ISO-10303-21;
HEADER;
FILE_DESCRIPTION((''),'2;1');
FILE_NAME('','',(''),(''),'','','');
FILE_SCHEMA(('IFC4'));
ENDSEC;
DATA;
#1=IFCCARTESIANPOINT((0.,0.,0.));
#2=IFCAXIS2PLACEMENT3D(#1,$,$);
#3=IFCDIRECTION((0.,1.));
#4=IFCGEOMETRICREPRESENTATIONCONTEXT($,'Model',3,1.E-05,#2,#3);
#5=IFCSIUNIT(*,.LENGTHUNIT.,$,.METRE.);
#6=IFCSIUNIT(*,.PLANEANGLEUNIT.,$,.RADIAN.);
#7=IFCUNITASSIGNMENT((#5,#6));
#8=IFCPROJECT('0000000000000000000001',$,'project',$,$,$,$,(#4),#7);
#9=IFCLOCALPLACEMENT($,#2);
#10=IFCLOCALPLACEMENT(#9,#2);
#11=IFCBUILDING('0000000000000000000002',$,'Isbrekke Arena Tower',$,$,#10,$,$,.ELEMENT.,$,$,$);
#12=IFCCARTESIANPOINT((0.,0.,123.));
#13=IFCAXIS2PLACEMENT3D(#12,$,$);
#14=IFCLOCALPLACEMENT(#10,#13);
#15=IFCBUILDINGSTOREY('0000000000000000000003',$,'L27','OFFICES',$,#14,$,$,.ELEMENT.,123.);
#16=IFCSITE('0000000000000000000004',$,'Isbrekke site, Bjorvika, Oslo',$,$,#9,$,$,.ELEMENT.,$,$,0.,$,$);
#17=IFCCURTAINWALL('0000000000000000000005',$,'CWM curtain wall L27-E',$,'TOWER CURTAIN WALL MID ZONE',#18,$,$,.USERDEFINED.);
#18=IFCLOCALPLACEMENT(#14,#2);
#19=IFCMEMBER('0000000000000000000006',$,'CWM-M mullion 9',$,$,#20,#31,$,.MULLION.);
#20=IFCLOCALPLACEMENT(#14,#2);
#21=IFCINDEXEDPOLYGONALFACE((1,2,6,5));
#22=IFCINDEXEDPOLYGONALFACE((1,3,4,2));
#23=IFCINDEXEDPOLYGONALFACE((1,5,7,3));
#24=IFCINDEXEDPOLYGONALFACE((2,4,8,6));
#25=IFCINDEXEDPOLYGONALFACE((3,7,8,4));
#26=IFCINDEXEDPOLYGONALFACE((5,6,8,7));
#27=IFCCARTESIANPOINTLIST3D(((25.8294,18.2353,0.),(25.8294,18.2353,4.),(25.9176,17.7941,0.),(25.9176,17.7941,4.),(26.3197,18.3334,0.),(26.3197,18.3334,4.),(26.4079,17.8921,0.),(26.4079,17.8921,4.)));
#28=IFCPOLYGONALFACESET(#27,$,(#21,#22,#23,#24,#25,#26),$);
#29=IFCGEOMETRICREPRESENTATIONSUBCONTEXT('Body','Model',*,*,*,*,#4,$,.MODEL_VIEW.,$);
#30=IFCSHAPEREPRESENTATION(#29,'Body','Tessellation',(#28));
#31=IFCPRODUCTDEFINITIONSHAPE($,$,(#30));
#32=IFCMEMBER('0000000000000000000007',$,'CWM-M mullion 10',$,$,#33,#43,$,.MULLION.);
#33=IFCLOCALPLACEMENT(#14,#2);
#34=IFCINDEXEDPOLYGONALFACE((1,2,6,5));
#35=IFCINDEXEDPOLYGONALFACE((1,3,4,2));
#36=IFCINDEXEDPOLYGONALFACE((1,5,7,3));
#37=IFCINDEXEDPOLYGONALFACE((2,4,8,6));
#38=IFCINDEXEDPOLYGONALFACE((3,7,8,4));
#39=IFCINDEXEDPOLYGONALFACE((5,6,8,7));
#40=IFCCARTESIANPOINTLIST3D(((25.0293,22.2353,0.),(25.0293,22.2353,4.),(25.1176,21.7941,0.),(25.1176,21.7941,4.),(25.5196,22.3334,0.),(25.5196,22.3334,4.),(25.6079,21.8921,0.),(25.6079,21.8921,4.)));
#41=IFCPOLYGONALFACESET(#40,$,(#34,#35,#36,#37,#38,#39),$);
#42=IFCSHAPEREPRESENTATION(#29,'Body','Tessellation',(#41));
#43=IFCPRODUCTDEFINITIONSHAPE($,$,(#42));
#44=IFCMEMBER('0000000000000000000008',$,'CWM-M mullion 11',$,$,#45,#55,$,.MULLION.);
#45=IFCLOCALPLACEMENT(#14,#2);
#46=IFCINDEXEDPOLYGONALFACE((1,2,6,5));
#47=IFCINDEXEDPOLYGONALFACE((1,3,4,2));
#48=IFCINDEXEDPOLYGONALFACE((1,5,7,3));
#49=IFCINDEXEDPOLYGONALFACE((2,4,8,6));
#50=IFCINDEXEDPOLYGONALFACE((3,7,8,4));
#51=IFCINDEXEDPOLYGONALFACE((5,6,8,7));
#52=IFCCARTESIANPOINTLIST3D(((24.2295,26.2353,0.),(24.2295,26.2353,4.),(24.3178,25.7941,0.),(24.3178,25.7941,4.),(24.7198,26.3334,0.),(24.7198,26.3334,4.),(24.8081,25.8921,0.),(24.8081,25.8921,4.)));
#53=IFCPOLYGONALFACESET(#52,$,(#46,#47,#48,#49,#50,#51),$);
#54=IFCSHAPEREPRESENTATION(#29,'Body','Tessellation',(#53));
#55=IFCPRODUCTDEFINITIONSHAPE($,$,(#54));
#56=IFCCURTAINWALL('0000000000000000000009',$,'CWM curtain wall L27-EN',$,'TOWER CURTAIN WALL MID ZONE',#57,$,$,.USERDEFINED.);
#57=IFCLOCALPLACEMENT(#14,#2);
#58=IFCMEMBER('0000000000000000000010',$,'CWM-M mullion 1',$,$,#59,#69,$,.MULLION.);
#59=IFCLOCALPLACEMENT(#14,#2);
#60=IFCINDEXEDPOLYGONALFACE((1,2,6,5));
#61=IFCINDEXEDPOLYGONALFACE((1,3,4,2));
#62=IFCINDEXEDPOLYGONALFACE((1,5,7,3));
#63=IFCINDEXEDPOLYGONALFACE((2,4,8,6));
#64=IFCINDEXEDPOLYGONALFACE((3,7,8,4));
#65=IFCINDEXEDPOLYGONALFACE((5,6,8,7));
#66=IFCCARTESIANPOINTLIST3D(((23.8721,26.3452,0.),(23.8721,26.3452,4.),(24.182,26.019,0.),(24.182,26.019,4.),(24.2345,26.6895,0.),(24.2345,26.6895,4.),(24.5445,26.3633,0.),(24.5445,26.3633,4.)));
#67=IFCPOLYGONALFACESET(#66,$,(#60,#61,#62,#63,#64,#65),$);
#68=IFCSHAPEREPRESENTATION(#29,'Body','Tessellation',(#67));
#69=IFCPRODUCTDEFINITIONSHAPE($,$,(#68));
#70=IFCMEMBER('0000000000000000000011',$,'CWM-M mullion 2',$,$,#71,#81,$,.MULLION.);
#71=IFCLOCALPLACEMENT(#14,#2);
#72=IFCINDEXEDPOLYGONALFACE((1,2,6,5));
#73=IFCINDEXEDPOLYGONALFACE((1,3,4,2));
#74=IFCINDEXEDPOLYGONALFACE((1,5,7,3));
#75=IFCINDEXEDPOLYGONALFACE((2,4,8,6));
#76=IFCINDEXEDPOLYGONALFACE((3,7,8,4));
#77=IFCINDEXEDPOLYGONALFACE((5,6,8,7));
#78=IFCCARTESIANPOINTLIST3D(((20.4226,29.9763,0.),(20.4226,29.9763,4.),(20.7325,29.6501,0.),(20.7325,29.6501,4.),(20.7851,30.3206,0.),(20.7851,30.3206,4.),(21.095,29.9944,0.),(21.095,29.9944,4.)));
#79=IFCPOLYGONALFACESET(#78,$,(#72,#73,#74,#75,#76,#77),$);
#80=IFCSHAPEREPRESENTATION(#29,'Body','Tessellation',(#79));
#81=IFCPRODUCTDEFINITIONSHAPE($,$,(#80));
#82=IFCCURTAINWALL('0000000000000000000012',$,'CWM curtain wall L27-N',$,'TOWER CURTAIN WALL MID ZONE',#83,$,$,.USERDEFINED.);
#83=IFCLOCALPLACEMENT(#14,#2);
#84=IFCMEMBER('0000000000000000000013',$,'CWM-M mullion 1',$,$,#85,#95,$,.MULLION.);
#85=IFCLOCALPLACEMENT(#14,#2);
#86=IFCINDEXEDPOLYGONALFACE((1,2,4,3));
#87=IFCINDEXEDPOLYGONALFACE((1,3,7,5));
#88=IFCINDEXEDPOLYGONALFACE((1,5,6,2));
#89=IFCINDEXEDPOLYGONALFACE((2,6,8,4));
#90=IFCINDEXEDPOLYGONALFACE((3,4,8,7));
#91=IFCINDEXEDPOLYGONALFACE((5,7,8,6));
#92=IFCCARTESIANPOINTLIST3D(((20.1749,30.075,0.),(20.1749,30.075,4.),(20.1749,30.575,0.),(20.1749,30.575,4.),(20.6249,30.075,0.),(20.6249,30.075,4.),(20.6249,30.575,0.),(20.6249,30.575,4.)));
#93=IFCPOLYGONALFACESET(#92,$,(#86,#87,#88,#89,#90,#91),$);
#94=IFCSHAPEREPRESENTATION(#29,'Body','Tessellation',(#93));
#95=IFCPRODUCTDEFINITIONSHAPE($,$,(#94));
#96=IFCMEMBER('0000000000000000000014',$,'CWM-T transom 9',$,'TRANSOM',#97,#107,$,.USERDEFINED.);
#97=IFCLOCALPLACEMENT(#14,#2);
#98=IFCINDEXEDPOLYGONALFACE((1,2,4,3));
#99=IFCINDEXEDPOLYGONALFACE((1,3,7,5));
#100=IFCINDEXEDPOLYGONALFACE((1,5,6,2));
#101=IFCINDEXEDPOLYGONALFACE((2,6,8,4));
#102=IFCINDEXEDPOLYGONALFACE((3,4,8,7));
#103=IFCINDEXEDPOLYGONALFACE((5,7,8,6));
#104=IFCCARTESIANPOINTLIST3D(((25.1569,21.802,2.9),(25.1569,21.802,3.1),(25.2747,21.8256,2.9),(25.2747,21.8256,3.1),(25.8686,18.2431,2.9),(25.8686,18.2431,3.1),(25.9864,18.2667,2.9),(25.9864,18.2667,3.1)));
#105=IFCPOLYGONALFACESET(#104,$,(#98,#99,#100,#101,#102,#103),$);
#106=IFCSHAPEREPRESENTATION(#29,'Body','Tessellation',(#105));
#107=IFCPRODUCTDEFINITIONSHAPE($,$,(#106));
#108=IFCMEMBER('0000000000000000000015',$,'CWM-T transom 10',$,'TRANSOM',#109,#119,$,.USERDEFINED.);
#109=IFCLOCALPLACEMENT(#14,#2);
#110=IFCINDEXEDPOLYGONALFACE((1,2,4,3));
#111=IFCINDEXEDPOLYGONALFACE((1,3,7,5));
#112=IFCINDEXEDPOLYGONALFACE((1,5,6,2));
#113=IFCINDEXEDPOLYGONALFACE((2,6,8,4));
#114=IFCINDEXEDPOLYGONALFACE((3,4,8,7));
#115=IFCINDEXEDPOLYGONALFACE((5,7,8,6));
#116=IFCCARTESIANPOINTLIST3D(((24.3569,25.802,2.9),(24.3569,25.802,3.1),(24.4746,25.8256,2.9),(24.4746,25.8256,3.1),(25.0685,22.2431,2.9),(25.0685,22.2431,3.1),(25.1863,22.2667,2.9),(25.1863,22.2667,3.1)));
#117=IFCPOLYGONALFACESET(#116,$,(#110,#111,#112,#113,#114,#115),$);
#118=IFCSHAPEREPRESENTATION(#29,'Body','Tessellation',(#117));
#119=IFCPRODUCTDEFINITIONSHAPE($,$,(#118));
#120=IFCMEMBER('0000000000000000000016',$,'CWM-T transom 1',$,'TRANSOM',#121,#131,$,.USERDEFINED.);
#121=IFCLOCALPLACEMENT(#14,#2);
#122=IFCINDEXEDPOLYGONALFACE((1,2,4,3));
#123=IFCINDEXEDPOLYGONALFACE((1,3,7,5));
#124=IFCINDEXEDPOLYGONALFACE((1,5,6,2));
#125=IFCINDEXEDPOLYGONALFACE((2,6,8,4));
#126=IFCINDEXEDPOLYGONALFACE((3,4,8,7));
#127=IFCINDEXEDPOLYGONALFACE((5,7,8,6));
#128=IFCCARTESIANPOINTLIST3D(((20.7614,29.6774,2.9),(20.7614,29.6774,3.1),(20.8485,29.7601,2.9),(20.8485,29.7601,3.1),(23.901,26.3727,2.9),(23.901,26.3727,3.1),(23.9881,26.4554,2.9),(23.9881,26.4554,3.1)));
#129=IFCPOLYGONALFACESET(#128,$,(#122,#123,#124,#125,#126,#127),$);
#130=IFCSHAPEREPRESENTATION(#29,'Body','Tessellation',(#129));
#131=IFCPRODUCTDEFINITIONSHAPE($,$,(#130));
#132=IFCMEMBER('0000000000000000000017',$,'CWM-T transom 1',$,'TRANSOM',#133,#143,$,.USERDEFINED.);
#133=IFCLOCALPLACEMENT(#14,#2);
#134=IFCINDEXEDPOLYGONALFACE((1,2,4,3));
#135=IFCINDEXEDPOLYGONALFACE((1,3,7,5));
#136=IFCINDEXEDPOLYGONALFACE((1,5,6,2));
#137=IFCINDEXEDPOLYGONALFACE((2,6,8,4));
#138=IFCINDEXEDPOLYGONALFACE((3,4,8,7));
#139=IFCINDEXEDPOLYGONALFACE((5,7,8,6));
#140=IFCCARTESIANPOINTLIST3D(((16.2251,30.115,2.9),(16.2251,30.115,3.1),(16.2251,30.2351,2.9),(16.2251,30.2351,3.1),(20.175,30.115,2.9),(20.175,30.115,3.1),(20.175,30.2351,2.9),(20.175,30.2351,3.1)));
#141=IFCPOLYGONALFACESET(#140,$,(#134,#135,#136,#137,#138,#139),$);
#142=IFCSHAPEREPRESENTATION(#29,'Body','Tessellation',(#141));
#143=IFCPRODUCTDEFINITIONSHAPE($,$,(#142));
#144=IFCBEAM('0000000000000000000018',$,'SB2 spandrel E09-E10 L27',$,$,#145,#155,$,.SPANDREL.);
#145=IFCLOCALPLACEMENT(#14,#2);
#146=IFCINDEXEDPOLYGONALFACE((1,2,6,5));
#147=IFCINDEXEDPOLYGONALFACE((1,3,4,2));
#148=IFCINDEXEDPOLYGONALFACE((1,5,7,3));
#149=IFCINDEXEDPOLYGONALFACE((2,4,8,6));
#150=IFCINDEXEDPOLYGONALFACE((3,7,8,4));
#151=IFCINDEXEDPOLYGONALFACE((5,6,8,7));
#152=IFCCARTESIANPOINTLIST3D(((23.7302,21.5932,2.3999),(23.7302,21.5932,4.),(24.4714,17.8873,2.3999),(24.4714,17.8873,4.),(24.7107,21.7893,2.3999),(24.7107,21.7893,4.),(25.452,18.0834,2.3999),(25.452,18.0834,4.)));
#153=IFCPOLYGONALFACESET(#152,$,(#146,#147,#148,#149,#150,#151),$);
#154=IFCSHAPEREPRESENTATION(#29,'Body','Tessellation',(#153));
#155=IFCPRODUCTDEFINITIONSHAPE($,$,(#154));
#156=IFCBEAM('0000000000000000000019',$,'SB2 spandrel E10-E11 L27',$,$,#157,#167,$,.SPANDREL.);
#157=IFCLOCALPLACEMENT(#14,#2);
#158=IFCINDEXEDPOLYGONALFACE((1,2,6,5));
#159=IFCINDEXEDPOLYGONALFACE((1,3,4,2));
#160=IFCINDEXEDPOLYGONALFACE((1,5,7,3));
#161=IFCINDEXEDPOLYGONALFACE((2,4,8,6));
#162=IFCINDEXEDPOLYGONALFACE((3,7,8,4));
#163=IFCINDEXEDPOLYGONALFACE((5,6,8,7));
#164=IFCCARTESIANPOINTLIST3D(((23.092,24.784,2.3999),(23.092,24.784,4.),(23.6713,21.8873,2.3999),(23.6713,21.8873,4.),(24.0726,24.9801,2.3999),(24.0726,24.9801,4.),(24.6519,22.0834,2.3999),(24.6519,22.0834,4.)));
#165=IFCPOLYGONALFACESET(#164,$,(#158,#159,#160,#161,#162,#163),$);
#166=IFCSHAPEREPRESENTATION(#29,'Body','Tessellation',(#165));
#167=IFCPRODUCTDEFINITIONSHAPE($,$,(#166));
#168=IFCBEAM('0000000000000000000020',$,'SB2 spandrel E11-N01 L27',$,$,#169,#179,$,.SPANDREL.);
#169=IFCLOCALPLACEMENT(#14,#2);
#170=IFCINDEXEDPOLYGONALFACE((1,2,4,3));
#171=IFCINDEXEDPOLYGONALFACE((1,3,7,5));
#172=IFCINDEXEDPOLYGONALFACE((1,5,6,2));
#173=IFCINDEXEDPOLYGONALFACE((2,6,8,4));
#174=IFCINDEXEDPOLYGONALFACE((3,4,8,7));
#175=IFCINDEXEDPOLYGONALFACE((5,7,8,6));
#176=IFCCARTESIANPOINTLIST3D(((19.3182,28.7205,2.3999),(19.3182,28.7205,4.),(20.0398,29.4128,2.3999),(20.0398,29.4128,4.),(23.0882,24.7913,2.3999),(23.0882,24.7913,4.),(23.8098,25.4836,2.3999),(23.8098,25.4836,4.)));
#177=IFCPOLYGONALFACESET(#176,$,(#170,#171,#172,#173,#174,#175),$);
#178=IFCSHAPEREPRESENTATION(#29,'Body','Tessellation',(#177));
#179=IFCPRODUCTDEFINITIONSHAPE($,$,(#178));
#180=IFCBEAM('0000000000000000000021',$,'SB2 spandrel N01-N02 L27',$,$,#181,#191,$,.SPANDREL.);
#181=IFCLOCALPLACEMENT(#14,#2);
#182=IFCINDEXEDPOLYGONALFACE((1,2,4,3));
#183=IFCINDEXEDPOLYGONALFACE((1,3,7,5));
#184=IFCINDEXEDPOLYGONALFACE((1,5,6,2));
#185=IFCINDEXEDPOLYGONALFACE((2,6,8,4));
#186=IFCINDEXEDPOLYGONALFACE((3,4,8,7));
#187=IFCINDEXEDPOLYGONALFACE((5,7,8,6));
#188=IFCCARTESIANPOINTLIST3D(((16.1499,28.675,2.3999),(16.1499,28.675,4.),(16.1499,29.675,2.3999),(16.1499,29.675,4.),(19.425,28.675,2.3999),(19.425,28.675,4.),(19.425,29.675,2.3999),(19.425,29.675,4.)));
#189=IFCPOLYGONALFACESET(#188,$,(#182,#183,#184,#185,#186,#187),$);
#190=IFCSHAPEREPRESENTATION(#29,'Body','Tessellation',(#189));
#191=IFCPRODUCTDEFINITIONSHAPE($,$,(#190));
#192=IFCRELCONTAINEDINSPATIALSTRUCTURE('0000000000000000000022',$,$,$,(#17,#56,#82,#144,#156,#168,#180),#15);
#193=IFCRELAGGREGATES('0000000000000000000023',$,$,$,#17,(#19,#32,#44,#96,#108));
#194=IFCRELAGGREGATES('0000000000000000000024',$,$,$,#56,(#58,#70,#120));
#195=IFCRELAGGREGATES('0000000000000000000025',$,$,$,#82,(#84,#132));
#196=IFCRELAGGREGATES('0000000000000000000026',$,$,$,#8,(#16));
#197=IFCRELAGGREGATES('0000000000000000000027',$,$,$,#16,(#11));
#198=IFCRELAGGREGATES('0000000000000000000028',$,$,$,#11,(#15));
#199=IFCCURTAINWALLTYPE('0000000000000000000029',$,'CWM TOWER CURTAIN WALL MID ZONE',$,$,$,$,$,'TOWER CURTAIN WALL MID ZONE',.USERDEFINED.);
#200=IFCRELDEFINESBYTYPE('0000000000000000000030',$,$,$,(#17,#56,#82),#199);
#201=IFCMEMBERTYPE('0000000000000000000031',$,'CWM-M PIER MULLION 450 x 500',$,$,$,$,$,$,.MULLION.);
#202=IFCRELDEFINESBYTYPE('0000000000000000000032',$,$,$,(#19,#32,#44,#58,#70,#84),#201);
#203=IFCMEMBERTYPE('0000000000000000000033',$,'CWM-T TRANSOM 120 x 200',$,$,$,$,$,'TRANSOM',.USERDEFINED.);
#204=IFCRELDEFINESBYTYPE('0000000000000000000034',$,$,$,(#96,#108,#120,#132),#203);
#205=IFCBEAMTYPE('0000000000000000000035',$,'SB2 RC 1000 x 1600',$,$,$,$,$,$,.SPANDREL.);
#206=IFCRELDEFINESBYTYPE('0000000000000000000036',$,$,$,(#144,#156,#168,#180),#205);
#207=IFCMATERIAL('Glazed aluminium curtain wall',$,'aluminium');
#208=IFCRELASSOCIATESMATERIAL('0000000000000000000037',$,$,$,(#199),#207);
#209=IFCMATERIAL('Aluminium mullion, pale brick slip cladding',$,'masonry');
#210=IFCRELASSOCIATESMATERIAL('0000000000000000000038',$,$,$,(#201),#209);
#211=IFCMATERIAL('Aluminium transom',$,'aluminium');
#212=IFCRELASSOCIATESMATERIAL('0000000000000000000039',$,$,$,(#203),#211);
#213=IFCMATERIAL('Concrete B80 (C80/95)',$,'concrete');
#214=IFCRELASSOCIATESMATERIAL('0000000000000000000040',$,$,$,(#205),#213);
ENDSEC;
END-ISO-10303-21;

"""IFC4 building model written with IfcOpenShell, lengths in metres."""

from ifc_helpers import new_model, si_unit, direction, frame, origin, origin_2d, place, context, subcontext, project, spatial, rectangle, extrude, material, material_profile, profile_set, type_object, element, aggregate, save


model = new_model("IFC4")

# Units and contexts
model_context = context("Model", 3, precision=1e-05, world=origin(), true_north=direction((0.0, 1.0)))
body_context = subcontext(model_context, "Body", "Model", "MODEL_VIEW")
ifc_project = project(units=[si_unit("LENGTHUNIT", "METRE"), si_unit("PLANEANGLEUNIT", "RADIAN")], contexts=[model_context])

# Site, building, storey
site_placement = place(None, origin())
site = spatial("IfcSite", under=ifc_project, at=site_placement, Name="Isbrekke site, Bjorvika, Oslo", CompositionType="ELEMENT", RefElevation=0.0)
building_placement = place(site_placement, origin())
building = spatial("IfcBuilding", under=site, at=building_placement, Name="Isbrekke Arena Tower", CompositionType="ELEMENT")
storey_placement = place(building_placement, frame((0.0, 0.0, 123.0)))
storey = spatial("IfcBuildingStorey", under=building, at=storey_placement, Name="L27", Description="OFFICES", CompositionType="ELEMENT", Elevation=123.0)

# Curtain walls, members
ifc_material_1 = material(Name="Glazed aluminium curtain wall", Category="aluminium")
curtain_wall_type = type_object("IfcCurtainWallType", Name="CWM TOWER CURTAIN WALL MID ZONE", ElementType="TOWER CURTAIN WALL MID ZONE", PredefinedType="USERDEFINED", material=ifc_material_1)
curtain_wall_1_placement = place(storey_placement, origin())
curtain_wall_1 = element("IfcCurtainWall", 1, at=curtain_wall_1_placement, inside=storey, type_object=curtain_wall_type, Name="CWM curtain wall L27-E", ObjectType="TOWER CURTAIN WALL MID ZONE", PredefinedType="USERDEFINED")
ifc_material_2 = material(Name="Aluminium mullion, pale brick slip cladding", Category="masonry")
ifc_material_profile_1 = material_profile(ifc_material_2, rectangle(XDim=0.45, YDim=0.5, at=origin_2d()), Name="PIER 450X500")
ifc_profile_set_1 = profile_set([ifc_material_profile_1], Name="Aluminium mullion, pale brick slip cladding")
member_type_1 = type_object("IfcMemberType", Name="CWM-M PIER MULLION 450 x 500", PredefinedType="MULLION", material=ifc_profile_set_1)
member_1_placement = place(storey_placement, frame((26.1187, 18.0637, 0.0), z_axis=(0.0, 0.0, 1.0), x_axis=(-0.196116, 0.980581, 0.0)))
member_1 = element("IfcMember", 2, at=member_1_placement, type_object=member_type_1, Name="CWM-M mullion 9", PredefinedType="MULLION", context=body_context, shape_type="SweptSolid", body=[
    extrude(rectangle(XDim=0.45, YDim=0.5, at=origin_2d()), origin(), (0.0, 0.0, 1.0), 4.0),
])
member_2_placement = place(storey_placement, frame((25.3186, 22.0637, 0.0), z_axis=(0.0, 0.0, 1.0), x_axis=(-0.196116, 0.980581, 0.0)))
member_2 = element("IfcMember", 3, at=member_2_placement, type_object=member_type_1, Name="CWM-M mullion 10", PredefinedType="MULLION", context=body_context, shape_type="SweptSolid", body=[
    extrude(rectangle(XDim=0.45, YDim=0.5, at=origin_2d()), origin(), (0.0, 0.0, 1.0), 4.0),
])
member_3_placement = place(storey_placement, frame((24.5188, 26.0637, 0.0), z_axis=(0.0, 0.0, 1.0), x_axis=(-0.196116, 0.980581, 0.0)))
member_3 = element("IfcMember", 4, at=member_3_placement, type_object=member_type_1, Name="CWM-M mullion 11", PredefinedType="MULLION", context=body_context, shape_type="SweptSolid", body=[
    extrude(rectangle(XDim=0.45, YDim=0.5, at=origin_2d()), origin(), (0.0, 0.0, 1.0), 4.0),
])
curtain_wall_2_placement = place(storey_placement, origin())
curtain_wall_2 = element("IfcCurtainWall", 5, at=curtain_wall_2_placement, inside=storey, type_object=curtain_wall_type, Name="CWM curtain wall L27-EN", ObjectType="TOWER CURTAIN WALL MID ZONE", PredefinedType="USERDEFINED")
member_4_placement = place(storey_placement, frame((24.2083, 26.3542, 0.0), z_axis=(0.0, 0.0, 1.0), x_axis=(-0.688749, 0.724999, 0.0)))
member_4 = element("IfcMember", 6, at=member_4_placement, type_object=member_type_1, Name="CWM-M mullion 1", PredefinedType="MULLION", context=body_context, shape_type="SweptSolid", body=[
    extrude(rectangle(XDim=0.45, YDim=0.5, at=origin_2d()), origin(), (0.0, 0.0, 1.0), 4.0),
])
member_5_placement = place(storey_placement, frame((20.7588, 29.9854, 0.0), z_axis=(0.0, 0.0, 1.0), x_axis=(-0.688749, 0.724999, 0.0)))
member_5 = element("IfcMember", 7, at=member_5_placement, type_object=member_type_1, Name="CWM-M mullion 2", PredefinedType="MULLION", context=body_context, shape_type="SweptSolid", body=[
    extrude(rectangle(XDim=0.45, YDim=0.5, at=origin_2d()), origin(), (0.0, 0.0, 1.0), 4.0),
])

# Curtain wall, member
curtain_wall_3_placement = place(storey_placement, origin())
curtain_wall_3 = element("IfcCurtainWall", 8, at=curtain_wall_3_placement, inside=storey, type_object=curtain_wall_type, Name="CWM curtain wall L27-N", ObjectType="TOWER CURTAIN WALL MID ZONE", PredefinedType="USERDEFINED")
member_6_placement = place(storey_placement, frame((20.3999, 30.325, 0.0), z_axis=(0.0, 0.0, 1.0), x_axis=(-1.0, 0.0, 0.0)))
member_6 = element("IfcMember", 9, at=member_6_placement, type_object=member_type_1, Name="CWM-M mullion 1", PredefinedType="MULLION", context=body_context, shape_type="SweptSolid", body=[
    extrude(rectangle(XDim=0.45, YDim=0.5, at=origin_2d()), origin(), (0.0, 0.0, 1.0), 4.0),
])

# Members
ifc_material_3 = material(Name="Aluminium transom", Category="aluminium")
ifc_material_profile_2 = material_profile(ifc_material_3, rectangle(XDim=0.1201, YDim=0.2, at=origin_2d()), Name="TRANSOM 120X200")
ifc_profile_set_2 = profile_set([ifc_material_profile_2], Name="Aluminium transom")
member_type_2 = type_object("IfcMemberType", Name="CWM-T TRANSOM 120 x 200", ElementType="TRANSOM", PredefinedType="USERDEFINED", material=ifc_profile_set_2)
member_7_placement = place(storey_placement, frame((25.9275, 18.2549, 3.0), z_axis=(-0.19609, 0.980586, 0.0), x_axis=(-0.980586, -0.19609, 0.0)))
member_7 = element("IfcMember", 10, at=member_7_placement, type_object=member_type_2, Name="CWM-T transom 9", ObjectType="TRANSOM", PredefinedType="USERDEFINED", context=body_context, shape_type="SweptSolid", body=[
    extrude(rectangle(XDim=0.1201, YDim=0.2, at=origin_2d()), origin(), (0.0, 0.0, 1.0), 3.6294),
])
member_8_placement = place(storey_placement, frame((25.1274, 22.2549, 3.0), z_axis=(-0.19609, 0.980586, 0.0), x_axis=(-0.980586, -0.19609, 0.0)))
member_8 = element("IfcMember", 11, at=member_8_placement, type_object=member_type_2, Name="CWM-T transom 10", ObjectType="TRANSOM", PredefinedType="USERDEFINED", context=body_context, shape_type="SweptSolid", body=[
    extrude(rectangle(XDim=0.1201, YDim=0.2, at=origin_2d()), origin(), (0.0, 0.0, 1.0), 3.6294),
])
member_9_placement = place(storey_placement, frame((23.9446, 26.4141, 3.0), z_axis=(-0.688772, 0.724978, 0.0), x_axis=(-0.724978, -0.688772, 0.0)))
member_9 = element("IfcMember", 12, at=member_9_placement, type_object=member_type_2, Name="CWM-T transom 1", ObjectType="TRANSOM", PredefinedType="USERDEFINED", context=body_context, shape_type="SweptSolid", body=[
    extrude(rectangle(XDim=0.1201, YDim=0.2, at=origin_2d()), origin(), (0.0, 0.0, 1.0), 4.5583),
])
member_10_placement = place(storey_placement, frame((20.175, 30.175, 3.0), z_axis=(-1.0, 0.0, 0.0), x_axis=(0.0, -1.0, 0.0)))
member_10 = element("IfcMember", 13, at=member_10_placement, type_object=member_type_2, Name="CWM-T transom 1", ObjectType="TRANSOM", PredefinedType="USERDEFINED", context=body_context, shape_type="SweptSolid", body=[
    extrude(rectangle(XDim=0.1201, YDim=0.2, at=origin_2d()), origin(), (0.0, 0.0, 1.0), 3.95),
])

# Beams
ifc_material_4 = material(Name="Concrete B80 (C80/95)", Category="concrete")
ifc_material_profile_3 = material_profile(ifc_material_4, rectangle(XDim=1.0, YDim=1.6001, at=origin_2d()), Name="RC 1000x1600")
ifc_profile_set_3 = profile_set([ifc_material_profile_3], Name="Concrete B80 (C80/95)")
beam_type_1 = type_object("IfcBeamType", Name="SB2 RC 1000 x 1600", PredefinedType="SPANDREL", material=ifc_profile_set_3)
beam_1_placement = place(storey_placement, frame((24.9617, 17.9854, 3.2), z_axis=(-0.196129, 0.980578, 0.0), x_axis=(-0.980578, -0.196129, 0.0)))
element("IfcBeam", 14, at=beam_1_placement, inside=storey, type_object=beam_type_1, Name="SB2 spandrel E09-E10 L27", PredefinedType="SPANDREL", context=body_context, shape_type="SweptSolid", body=[
    extrude(rectangle(XDim=1.0, YDim=1.6001, at=origin_2d()), origin(), (0.0, 0.0, 1.0), 3.7793),
])
beam_2_placement = place(storey_placement, frame((24.1616, 21.9854, 3.2), z_axis=(-0.196116, 0.980581, 0.0), x_axis=(-0.980581, -0.196116, 0.0)))
element("IfcBeam", 15, at=beam_2_placement, inside=storey, type_object=beam_type_1, Name="SB2 spandrel E10-E11 L27", PredefinedType="SPANDREL", context=body_context, shape_type="SweptSolid", body=[
    extrude(rectangle(XDim=1.0, YDim=1.6001, at=origin_2d()), origin(), (0.0, 0.0, 1.0), 2.9541),
])
beam_3_placement = place(storey_placement, frame((23.449, 25.1375, 3.2), z_axis=(-0.69234, 0.721572, 0.0), x_axis=(-0.721572, -0.69234, 0.0)))
element("IfcBeam", 16, at=beam_3_placement, inside=storey, type_object=beam_type_1, Name="SB2 spandrel E11-N01 L27", PredefinedType="SPANDREL", context=body_context, shape_type="SweptSolid", body=[
    extrude(rectangle(XDim=1.0, YDim=1.6001, at=origin_2d()), origin(), (0.0, 0.0, 1.0), 5.4453),
])
beam_4_placement = place(storey_placement, frame((19.425, 29.175, 3.2), z_axis=(-1.0, 0.0, 0.0), x_axis=(0.0, -1.0, 0.0)))
element("IfcBeam", 17, at=beam_4_placement, inside=storey, type_object=beam_type_1, Name="SB2 spandrel N01-N02 L27", PredefinedType="SPANDREL", context=body_context, shape_type="SweptSolid", body=[
    extrude(rectangle(XDim=1.0, YDim=1.6001, at=origin_2d()), origin(), (0.0, 0.0, 1.0), 3.2751),
])

aggregate(curtain_wall_1, [member_1, member_2, member_3, member_7, member_8])
aggregate(curtain_wall_2, [member_4, member_5, member_9])
aggregate(curtain_wall_3, [member_6, member_10])

save(model, "model.ifc")
